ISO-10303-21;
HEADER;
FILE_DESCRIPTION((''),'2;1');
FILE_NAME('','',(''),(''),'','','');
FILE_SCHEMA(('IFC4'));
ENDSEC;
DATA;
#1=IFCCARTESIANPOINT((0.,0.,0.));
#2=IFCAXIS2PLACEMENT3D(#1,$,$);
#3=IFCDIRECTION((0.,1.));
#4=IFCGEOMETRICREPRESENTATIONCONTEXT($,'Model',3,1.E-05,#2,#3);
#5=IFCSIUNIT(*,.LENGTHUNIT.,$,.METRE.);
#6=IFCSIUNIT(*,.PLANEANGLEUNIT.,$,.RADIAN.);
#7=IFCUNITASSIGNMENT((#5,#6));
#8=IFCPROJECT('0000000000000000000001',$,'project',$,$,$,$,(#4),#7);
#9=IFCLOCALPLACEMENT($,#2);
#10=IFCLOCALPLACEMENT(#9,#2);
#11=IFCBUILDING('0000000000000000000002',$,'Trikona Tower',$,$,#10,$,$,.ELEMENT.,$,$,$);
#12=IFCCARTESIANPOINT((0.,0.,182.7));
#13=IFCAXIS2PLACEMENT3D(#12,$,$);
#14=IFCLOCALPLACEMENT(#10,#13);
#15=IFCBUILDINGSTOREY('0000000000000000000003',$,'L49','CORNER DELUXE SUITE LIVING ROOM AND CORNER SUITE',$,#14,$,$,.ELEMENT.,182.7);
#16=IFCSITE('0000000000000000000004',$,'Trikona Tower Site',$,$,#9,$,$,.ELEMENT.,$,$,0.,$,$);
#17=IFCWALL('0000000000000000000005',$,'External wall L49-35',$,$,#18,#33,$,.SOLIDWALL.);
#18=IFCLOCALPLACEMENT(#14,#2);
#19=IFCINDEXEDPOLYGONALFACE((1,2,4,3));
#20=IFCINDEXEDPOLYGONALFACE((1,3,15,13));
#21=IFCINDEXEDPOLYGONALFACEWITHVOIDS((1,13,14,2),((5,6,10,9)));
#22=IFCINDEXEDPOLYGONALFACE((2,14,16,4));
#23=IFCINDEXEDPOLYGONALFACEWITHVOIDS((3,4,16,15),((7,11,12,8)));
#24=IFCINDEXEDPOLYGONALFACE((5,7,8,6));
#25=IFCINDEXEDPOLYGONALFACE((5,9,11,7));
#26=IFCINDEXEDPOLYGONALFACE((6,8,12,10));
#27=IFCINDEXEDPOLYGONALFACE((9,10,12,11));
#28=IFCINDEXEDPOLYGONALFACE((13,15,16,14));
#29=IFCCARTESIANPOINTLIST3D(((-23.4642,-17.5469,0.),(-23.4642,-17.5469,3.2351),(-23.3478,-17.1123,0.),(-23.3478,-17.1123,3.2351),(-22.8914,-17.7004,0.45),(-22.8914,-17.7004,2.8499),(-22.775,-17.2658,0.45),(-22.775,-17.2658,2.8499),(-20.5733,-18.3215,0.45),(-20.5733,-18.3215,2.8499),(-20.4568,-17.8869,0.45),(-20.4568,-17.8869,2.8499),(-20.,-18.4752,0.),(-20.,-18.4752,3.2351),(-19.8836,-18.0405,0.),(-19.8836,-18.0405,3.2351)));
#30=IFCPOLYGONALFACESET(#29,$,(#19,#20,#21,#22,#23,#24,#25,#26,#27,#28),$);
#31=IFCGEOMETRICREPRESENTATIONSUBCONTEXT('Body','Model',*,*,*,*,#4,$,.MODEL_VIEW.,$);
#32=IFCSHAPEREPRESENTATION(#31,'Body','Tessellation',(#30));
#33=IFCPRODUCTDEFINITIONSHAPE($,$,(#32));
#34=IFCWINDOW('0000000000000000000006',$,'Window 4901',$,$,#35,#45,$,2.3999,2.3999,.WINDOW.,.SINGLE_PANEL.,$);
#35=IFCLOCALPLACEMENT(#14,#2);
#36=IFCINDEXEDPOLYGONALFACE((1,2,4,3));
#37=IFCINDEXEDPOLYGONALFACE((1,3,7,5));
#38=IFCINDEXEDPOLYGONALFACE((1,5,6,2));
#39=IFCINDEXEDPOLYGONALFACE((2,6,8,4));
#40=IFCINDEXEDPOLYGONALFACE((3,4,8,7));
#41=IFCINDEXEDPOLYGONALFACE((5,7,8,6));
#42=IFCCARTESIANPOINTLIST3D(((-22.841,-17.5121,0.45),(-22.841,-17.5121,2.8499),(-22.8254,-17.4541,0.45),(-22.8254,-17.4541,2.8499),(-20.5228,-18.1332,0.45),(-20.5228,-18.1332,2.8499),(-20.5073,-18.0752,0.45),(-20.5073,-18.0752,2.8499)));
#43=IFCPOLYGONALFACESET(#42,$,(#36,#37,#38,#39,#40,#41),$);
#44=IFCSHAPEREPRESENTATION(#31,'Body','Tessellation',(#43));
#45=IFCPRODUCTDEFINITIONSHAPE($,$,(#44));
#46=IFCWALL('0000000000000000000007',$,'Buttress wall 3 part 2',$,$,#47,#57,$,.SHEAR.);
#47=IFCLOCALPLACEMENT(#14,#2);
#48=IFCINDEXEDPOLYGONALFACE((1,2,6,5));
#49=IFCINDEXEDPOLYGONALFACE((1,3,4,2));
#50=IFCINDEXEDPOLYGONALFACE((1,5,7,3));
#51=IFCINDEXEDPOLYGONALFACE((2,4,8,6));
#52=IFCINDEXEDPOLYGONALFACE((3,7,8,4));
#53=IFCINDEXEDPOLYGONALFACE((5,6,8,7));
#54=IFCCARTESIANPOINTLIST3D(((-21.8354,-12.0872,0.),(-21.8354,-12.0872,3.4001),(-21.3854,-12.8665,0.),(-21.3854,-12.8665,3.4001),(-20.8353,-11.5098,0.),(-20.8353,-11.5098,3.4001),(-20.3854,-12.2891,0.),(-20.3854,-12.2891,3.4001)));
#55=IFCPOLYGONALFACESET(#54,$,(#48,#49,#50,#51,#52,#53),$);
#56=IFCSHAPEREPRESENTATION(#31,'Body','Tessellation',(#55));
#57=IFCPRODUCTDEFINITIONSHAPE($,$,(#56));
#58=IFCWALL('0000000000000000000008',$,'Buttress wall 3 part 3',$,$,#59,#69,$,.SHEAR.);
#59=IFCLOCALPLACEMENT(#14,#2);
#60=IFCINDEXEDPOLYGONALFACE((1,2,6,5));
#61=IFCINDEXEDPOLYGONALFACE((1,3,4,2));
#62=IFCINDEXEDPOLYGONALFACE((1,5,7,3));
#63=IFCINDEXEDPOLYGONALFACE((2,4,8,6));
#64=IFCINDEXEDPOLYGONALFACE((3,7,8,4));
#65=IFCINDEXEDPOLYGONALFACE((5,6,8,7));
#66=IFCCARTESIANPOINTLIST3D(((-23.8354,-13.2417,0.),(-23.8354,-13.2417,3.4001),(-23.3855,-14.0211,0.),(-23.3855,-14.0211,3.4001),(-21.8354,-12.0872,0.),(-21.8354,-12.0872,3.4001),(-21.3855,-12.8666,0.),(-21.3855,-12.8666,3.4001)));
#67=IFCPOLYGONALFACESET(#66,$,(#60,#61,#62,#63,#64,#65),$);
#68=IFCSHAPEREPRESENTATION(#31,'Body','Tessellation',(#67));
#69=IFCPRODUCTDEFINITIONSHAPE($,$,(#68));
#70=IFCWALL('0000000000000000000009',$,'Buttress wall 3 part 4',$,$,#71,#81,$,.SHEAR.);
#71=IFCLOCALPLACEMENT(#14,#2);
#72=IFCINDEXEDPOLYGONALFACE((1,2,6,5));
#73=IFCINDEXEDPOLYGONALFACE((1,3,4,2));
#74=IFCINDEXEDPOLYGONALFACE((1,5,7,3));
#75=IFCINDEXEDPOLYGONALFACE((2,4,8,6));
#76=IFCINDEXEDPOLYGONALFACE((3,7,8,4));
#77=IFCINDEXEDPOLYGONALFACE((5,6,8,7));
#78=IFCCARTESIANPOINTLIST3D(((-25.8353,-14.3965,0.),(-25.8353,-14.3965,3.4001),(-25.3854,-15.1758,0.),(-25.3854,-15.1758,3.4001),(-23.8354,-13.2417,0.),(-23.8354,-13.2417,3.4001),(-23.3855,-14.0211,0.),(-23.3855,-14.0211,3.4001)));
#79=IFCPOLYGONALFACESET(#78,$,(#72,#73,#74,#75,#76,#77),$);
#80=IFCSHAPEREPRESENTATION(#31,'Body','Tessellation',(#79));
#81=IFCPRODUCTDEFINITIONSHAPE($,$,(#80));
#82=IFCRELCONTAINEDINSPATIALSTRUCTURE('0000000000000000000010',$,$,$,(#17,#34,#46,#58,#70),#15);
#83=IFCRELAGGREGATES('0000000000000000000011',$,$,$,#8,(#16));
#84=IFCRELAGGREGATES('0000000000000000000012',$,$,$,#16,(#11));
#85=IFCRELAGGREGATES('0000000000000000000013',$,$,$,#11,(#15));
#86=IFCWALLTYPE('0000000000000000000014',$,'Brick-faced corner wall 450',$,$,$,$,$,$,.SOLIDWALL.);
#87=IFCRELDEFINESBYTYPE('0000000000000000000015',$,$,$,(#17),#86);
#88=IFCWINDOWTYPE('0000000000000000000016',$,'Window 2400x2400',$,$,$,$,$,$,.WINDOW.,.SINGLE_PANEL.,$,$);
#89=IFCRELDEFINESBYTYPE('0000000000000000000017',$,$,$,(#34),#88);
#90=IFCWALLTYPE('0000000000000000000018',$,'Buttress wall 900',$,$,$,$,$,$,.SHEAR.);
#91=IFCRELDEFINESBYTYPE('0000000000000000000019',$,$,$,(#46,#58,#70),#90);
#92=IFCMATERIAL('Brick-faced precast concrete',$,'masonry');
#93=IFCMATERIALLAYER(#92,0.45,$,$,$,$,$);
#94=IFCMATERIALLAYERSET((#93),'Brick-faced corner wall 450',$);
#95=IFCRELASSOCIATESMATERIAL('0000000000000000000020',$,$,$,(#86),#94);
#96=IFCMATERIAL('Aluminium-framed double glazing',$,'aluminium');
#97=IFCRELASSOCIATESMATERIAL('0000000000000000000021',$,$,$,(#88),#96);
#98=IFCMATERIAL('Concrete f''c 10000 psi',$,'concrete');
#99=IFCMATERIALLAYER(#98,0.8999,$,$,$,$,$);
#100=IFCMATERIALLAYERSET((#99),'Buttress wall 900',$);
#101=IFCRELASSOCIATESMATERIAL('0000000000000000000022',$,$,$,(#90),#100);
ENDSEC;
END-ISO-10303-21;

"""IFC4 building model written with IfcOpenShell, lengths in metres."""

from ifc_helpers import new_model, si_unit, direction, frame, frame_2d, origin, place, context, subcontext, project, spatial, rectangle, extrude, material, layer, layer_set, type_object, element, fill, save


model = new_model("IFC4")

# Units and contexts
model_context = context("Model", 3, precision=1e-05, world=origin(), true_north=direction((0.0, 1.0)))
body_context = subcontext(model_context, "Body", "Model", "MODEL_VIEW")
ifc_project = project(units=[si_unit("LENGTHUNIT", "METRE"), si_unit("PLANEANGLEUNIT", "RADIAN")], contexts=[model_context])

# Site, building, storey
site_placement = place(None, origin())
site = spatial("IfcSite", under=ifc_project, at=site_placement, Name="Trikona Tower Site", CompositionType="ELEMENT", RefElevation=0.0)
building_placement = place(site_placement, origin())
building = spatial("IfcBuilding", under=site, at=building_placement, Name="Trikona Tower", CompositionType="ELEMENT")
storey_placement = place(building_placement, frame((0.0, 0.0, 182.7)))
storey = spatial("IfcBuildingStorey", under=building, at=storey_placement, Name="L49", Description="CORNER DELUXE SUITE LIVING ROOM AND CORNER SUITE", CompositionType="ELEMENT", Elevation=182.7)

# Wall, opening, window
ifc_material_1 = material(Name="Brick-faced precast concrete", Category="masonry")
ifc_layer_1 = layer(ifc_material_1, 0.45)
ifc_layer_set_1 = layer_set([ifc_layer_1], Name="Brick-faced corner wall 450")
wall_type_1 = type_object("IfcWallType", Name="Brick-faced corner wall 450", PredefinedType="SOLIDWALL", material=ifc_layer_set_1)
wall_1_placement = place(storey_placement, frame((-23.406, -17.3296, 0.0), z_axis=(0.0, 0.0, 1.0), x_axis=(0.965925, -0.258823, 0.0)))
wall_1 = element("IfcWall", 1, at=wall_1_placement, inside=storey, type_object=wall_type_1, Name="External wall L49-35", PredefinedType="SOLIDWALL", context=body_context, shape_type="SweptSolid", body=[
    extrude(rectangle(XDim=3.5864, YDim=0.45, at=frame_2d((1.7932, 0.0))), origin(), (0.0, 0.0, 1.0), 3.2351),
])
opening_1_placement = place(wall_1_placement, frame((0.593, 0.0, 0.45)))
opening_1 = element("IfcOpeningElement", 2, at=opening_1_placement, cuts=wall_1, PredefinedType="OPENING", context=body_context, shape_type="SweptSolid", body=[
    extrude(rectangle(XDim=2.3999, YDim=2.3999, at=frame_2d((1.2, 1.2))), frame((0.0, 0.2349, 0.0), z_axis=(0.0, -1.0, 0.0), x_axis=(1.0, 0.0, 0.0)), (0.0, 0.0, 1.0), 0.47),
])
ifc_material_2 = material(Name="Aluminium-framed double glazing", Category="aluminium")
window_type_1 = type_object("IfcWindowType", Name="Window 2400x2400", PartitioningType="SINGLE_PANEL", PredefinedType="WINDOW", material=ifc_material_2)
window_1_placement = place(opening_1_placement, origin())
window_1 = element("IfcWindow", 3, at=window_1_placement, inside=storey, type_object=window_type_1, Name="Window 4901", OverallHeight=2.3999, OverallWidth=2.3999, PartitioningType="SINGLE_PANEL", PredefinedType="WINDOW", context=body_context, shape_type="SweptSolid", body=[
    extrude(rectangle(XDim=2.3999, YDim=2.3999, at=frame_2d((1.2, 1.2))), frame((0.0, 0.03, 0.0), z_axis=(0.0, -1.0, 0.0), x_axis=(1.0, 0.0, 0.0)), (0.0, 0.0, 1.0), 0.0601),
])
fill(opening_1, window_1)

# Walls
ifc_material_3 = material(Name="Concrete f'c 10000 psi", Category="concrete")
ifc_layer_2 = layer(ifc_material_3, 0.8999)
ifc_layer_set_2 = layer_set([ifc_layer_2], Name="Buttress wall 900")
wall_type_2 = type_object("IfcWallType", Name="Buttress wall 900", PredefinedType="SHEAR", material=ifc_layer_set_2)
wall_2_placement = place(storey_placement, frame((-20.6104, -11.8994, 0.0), z_axis=(0.0, 0.0, 1.0), x_axis=(-0.86601, -0.500027, 0.0)))
element("IfcWall", 4, at=wall_2_placement, inside=storey, type_object=wall_type_2, Name="Buttress wall 3 part 2", PredefinedType="SHEAR", context=body_context, shape_type="SweptSolid", body=[
    extrude(rectangle(XDim=1.1548, YDim=0.8999, at=frame_2d((0.5774, 0.0))), origin(), (0.0, 0.0, 1.0), 3.4001),
])
for number, where, z_axis, x_axis, name in (
    (5, (-21.6104, -12.4768, 0.0), (0.0, 0.0, 1.0), (-0.866055, -0.499948, 0.0), "Buttress wall 3 part 3"),
    (6, (-23.6104, -13.6313, 0.0), (0.0, 0.0, 1.0), (-0.86601, -0.500027, 0.0), "Buttress wall 3 part 4"),
):
    element("IfcWall", number, at=place(storey_placement, frame(where, z_axis=z_axis, x_axis=x_axis)), inside=storey, type_object=wall_type_2, Name=name, PredefinedType="SHEAR", context=body_context, shape_type="SweptSolid", body=[
        extrude(rectangle(XDim=2.3093, YDim=0.8999, at=frame_2d((1.1548, 0.0))), origin(), (0.0, 0.0, 1.0), 3.4001),
    ])

save(model, "model.ifc")
